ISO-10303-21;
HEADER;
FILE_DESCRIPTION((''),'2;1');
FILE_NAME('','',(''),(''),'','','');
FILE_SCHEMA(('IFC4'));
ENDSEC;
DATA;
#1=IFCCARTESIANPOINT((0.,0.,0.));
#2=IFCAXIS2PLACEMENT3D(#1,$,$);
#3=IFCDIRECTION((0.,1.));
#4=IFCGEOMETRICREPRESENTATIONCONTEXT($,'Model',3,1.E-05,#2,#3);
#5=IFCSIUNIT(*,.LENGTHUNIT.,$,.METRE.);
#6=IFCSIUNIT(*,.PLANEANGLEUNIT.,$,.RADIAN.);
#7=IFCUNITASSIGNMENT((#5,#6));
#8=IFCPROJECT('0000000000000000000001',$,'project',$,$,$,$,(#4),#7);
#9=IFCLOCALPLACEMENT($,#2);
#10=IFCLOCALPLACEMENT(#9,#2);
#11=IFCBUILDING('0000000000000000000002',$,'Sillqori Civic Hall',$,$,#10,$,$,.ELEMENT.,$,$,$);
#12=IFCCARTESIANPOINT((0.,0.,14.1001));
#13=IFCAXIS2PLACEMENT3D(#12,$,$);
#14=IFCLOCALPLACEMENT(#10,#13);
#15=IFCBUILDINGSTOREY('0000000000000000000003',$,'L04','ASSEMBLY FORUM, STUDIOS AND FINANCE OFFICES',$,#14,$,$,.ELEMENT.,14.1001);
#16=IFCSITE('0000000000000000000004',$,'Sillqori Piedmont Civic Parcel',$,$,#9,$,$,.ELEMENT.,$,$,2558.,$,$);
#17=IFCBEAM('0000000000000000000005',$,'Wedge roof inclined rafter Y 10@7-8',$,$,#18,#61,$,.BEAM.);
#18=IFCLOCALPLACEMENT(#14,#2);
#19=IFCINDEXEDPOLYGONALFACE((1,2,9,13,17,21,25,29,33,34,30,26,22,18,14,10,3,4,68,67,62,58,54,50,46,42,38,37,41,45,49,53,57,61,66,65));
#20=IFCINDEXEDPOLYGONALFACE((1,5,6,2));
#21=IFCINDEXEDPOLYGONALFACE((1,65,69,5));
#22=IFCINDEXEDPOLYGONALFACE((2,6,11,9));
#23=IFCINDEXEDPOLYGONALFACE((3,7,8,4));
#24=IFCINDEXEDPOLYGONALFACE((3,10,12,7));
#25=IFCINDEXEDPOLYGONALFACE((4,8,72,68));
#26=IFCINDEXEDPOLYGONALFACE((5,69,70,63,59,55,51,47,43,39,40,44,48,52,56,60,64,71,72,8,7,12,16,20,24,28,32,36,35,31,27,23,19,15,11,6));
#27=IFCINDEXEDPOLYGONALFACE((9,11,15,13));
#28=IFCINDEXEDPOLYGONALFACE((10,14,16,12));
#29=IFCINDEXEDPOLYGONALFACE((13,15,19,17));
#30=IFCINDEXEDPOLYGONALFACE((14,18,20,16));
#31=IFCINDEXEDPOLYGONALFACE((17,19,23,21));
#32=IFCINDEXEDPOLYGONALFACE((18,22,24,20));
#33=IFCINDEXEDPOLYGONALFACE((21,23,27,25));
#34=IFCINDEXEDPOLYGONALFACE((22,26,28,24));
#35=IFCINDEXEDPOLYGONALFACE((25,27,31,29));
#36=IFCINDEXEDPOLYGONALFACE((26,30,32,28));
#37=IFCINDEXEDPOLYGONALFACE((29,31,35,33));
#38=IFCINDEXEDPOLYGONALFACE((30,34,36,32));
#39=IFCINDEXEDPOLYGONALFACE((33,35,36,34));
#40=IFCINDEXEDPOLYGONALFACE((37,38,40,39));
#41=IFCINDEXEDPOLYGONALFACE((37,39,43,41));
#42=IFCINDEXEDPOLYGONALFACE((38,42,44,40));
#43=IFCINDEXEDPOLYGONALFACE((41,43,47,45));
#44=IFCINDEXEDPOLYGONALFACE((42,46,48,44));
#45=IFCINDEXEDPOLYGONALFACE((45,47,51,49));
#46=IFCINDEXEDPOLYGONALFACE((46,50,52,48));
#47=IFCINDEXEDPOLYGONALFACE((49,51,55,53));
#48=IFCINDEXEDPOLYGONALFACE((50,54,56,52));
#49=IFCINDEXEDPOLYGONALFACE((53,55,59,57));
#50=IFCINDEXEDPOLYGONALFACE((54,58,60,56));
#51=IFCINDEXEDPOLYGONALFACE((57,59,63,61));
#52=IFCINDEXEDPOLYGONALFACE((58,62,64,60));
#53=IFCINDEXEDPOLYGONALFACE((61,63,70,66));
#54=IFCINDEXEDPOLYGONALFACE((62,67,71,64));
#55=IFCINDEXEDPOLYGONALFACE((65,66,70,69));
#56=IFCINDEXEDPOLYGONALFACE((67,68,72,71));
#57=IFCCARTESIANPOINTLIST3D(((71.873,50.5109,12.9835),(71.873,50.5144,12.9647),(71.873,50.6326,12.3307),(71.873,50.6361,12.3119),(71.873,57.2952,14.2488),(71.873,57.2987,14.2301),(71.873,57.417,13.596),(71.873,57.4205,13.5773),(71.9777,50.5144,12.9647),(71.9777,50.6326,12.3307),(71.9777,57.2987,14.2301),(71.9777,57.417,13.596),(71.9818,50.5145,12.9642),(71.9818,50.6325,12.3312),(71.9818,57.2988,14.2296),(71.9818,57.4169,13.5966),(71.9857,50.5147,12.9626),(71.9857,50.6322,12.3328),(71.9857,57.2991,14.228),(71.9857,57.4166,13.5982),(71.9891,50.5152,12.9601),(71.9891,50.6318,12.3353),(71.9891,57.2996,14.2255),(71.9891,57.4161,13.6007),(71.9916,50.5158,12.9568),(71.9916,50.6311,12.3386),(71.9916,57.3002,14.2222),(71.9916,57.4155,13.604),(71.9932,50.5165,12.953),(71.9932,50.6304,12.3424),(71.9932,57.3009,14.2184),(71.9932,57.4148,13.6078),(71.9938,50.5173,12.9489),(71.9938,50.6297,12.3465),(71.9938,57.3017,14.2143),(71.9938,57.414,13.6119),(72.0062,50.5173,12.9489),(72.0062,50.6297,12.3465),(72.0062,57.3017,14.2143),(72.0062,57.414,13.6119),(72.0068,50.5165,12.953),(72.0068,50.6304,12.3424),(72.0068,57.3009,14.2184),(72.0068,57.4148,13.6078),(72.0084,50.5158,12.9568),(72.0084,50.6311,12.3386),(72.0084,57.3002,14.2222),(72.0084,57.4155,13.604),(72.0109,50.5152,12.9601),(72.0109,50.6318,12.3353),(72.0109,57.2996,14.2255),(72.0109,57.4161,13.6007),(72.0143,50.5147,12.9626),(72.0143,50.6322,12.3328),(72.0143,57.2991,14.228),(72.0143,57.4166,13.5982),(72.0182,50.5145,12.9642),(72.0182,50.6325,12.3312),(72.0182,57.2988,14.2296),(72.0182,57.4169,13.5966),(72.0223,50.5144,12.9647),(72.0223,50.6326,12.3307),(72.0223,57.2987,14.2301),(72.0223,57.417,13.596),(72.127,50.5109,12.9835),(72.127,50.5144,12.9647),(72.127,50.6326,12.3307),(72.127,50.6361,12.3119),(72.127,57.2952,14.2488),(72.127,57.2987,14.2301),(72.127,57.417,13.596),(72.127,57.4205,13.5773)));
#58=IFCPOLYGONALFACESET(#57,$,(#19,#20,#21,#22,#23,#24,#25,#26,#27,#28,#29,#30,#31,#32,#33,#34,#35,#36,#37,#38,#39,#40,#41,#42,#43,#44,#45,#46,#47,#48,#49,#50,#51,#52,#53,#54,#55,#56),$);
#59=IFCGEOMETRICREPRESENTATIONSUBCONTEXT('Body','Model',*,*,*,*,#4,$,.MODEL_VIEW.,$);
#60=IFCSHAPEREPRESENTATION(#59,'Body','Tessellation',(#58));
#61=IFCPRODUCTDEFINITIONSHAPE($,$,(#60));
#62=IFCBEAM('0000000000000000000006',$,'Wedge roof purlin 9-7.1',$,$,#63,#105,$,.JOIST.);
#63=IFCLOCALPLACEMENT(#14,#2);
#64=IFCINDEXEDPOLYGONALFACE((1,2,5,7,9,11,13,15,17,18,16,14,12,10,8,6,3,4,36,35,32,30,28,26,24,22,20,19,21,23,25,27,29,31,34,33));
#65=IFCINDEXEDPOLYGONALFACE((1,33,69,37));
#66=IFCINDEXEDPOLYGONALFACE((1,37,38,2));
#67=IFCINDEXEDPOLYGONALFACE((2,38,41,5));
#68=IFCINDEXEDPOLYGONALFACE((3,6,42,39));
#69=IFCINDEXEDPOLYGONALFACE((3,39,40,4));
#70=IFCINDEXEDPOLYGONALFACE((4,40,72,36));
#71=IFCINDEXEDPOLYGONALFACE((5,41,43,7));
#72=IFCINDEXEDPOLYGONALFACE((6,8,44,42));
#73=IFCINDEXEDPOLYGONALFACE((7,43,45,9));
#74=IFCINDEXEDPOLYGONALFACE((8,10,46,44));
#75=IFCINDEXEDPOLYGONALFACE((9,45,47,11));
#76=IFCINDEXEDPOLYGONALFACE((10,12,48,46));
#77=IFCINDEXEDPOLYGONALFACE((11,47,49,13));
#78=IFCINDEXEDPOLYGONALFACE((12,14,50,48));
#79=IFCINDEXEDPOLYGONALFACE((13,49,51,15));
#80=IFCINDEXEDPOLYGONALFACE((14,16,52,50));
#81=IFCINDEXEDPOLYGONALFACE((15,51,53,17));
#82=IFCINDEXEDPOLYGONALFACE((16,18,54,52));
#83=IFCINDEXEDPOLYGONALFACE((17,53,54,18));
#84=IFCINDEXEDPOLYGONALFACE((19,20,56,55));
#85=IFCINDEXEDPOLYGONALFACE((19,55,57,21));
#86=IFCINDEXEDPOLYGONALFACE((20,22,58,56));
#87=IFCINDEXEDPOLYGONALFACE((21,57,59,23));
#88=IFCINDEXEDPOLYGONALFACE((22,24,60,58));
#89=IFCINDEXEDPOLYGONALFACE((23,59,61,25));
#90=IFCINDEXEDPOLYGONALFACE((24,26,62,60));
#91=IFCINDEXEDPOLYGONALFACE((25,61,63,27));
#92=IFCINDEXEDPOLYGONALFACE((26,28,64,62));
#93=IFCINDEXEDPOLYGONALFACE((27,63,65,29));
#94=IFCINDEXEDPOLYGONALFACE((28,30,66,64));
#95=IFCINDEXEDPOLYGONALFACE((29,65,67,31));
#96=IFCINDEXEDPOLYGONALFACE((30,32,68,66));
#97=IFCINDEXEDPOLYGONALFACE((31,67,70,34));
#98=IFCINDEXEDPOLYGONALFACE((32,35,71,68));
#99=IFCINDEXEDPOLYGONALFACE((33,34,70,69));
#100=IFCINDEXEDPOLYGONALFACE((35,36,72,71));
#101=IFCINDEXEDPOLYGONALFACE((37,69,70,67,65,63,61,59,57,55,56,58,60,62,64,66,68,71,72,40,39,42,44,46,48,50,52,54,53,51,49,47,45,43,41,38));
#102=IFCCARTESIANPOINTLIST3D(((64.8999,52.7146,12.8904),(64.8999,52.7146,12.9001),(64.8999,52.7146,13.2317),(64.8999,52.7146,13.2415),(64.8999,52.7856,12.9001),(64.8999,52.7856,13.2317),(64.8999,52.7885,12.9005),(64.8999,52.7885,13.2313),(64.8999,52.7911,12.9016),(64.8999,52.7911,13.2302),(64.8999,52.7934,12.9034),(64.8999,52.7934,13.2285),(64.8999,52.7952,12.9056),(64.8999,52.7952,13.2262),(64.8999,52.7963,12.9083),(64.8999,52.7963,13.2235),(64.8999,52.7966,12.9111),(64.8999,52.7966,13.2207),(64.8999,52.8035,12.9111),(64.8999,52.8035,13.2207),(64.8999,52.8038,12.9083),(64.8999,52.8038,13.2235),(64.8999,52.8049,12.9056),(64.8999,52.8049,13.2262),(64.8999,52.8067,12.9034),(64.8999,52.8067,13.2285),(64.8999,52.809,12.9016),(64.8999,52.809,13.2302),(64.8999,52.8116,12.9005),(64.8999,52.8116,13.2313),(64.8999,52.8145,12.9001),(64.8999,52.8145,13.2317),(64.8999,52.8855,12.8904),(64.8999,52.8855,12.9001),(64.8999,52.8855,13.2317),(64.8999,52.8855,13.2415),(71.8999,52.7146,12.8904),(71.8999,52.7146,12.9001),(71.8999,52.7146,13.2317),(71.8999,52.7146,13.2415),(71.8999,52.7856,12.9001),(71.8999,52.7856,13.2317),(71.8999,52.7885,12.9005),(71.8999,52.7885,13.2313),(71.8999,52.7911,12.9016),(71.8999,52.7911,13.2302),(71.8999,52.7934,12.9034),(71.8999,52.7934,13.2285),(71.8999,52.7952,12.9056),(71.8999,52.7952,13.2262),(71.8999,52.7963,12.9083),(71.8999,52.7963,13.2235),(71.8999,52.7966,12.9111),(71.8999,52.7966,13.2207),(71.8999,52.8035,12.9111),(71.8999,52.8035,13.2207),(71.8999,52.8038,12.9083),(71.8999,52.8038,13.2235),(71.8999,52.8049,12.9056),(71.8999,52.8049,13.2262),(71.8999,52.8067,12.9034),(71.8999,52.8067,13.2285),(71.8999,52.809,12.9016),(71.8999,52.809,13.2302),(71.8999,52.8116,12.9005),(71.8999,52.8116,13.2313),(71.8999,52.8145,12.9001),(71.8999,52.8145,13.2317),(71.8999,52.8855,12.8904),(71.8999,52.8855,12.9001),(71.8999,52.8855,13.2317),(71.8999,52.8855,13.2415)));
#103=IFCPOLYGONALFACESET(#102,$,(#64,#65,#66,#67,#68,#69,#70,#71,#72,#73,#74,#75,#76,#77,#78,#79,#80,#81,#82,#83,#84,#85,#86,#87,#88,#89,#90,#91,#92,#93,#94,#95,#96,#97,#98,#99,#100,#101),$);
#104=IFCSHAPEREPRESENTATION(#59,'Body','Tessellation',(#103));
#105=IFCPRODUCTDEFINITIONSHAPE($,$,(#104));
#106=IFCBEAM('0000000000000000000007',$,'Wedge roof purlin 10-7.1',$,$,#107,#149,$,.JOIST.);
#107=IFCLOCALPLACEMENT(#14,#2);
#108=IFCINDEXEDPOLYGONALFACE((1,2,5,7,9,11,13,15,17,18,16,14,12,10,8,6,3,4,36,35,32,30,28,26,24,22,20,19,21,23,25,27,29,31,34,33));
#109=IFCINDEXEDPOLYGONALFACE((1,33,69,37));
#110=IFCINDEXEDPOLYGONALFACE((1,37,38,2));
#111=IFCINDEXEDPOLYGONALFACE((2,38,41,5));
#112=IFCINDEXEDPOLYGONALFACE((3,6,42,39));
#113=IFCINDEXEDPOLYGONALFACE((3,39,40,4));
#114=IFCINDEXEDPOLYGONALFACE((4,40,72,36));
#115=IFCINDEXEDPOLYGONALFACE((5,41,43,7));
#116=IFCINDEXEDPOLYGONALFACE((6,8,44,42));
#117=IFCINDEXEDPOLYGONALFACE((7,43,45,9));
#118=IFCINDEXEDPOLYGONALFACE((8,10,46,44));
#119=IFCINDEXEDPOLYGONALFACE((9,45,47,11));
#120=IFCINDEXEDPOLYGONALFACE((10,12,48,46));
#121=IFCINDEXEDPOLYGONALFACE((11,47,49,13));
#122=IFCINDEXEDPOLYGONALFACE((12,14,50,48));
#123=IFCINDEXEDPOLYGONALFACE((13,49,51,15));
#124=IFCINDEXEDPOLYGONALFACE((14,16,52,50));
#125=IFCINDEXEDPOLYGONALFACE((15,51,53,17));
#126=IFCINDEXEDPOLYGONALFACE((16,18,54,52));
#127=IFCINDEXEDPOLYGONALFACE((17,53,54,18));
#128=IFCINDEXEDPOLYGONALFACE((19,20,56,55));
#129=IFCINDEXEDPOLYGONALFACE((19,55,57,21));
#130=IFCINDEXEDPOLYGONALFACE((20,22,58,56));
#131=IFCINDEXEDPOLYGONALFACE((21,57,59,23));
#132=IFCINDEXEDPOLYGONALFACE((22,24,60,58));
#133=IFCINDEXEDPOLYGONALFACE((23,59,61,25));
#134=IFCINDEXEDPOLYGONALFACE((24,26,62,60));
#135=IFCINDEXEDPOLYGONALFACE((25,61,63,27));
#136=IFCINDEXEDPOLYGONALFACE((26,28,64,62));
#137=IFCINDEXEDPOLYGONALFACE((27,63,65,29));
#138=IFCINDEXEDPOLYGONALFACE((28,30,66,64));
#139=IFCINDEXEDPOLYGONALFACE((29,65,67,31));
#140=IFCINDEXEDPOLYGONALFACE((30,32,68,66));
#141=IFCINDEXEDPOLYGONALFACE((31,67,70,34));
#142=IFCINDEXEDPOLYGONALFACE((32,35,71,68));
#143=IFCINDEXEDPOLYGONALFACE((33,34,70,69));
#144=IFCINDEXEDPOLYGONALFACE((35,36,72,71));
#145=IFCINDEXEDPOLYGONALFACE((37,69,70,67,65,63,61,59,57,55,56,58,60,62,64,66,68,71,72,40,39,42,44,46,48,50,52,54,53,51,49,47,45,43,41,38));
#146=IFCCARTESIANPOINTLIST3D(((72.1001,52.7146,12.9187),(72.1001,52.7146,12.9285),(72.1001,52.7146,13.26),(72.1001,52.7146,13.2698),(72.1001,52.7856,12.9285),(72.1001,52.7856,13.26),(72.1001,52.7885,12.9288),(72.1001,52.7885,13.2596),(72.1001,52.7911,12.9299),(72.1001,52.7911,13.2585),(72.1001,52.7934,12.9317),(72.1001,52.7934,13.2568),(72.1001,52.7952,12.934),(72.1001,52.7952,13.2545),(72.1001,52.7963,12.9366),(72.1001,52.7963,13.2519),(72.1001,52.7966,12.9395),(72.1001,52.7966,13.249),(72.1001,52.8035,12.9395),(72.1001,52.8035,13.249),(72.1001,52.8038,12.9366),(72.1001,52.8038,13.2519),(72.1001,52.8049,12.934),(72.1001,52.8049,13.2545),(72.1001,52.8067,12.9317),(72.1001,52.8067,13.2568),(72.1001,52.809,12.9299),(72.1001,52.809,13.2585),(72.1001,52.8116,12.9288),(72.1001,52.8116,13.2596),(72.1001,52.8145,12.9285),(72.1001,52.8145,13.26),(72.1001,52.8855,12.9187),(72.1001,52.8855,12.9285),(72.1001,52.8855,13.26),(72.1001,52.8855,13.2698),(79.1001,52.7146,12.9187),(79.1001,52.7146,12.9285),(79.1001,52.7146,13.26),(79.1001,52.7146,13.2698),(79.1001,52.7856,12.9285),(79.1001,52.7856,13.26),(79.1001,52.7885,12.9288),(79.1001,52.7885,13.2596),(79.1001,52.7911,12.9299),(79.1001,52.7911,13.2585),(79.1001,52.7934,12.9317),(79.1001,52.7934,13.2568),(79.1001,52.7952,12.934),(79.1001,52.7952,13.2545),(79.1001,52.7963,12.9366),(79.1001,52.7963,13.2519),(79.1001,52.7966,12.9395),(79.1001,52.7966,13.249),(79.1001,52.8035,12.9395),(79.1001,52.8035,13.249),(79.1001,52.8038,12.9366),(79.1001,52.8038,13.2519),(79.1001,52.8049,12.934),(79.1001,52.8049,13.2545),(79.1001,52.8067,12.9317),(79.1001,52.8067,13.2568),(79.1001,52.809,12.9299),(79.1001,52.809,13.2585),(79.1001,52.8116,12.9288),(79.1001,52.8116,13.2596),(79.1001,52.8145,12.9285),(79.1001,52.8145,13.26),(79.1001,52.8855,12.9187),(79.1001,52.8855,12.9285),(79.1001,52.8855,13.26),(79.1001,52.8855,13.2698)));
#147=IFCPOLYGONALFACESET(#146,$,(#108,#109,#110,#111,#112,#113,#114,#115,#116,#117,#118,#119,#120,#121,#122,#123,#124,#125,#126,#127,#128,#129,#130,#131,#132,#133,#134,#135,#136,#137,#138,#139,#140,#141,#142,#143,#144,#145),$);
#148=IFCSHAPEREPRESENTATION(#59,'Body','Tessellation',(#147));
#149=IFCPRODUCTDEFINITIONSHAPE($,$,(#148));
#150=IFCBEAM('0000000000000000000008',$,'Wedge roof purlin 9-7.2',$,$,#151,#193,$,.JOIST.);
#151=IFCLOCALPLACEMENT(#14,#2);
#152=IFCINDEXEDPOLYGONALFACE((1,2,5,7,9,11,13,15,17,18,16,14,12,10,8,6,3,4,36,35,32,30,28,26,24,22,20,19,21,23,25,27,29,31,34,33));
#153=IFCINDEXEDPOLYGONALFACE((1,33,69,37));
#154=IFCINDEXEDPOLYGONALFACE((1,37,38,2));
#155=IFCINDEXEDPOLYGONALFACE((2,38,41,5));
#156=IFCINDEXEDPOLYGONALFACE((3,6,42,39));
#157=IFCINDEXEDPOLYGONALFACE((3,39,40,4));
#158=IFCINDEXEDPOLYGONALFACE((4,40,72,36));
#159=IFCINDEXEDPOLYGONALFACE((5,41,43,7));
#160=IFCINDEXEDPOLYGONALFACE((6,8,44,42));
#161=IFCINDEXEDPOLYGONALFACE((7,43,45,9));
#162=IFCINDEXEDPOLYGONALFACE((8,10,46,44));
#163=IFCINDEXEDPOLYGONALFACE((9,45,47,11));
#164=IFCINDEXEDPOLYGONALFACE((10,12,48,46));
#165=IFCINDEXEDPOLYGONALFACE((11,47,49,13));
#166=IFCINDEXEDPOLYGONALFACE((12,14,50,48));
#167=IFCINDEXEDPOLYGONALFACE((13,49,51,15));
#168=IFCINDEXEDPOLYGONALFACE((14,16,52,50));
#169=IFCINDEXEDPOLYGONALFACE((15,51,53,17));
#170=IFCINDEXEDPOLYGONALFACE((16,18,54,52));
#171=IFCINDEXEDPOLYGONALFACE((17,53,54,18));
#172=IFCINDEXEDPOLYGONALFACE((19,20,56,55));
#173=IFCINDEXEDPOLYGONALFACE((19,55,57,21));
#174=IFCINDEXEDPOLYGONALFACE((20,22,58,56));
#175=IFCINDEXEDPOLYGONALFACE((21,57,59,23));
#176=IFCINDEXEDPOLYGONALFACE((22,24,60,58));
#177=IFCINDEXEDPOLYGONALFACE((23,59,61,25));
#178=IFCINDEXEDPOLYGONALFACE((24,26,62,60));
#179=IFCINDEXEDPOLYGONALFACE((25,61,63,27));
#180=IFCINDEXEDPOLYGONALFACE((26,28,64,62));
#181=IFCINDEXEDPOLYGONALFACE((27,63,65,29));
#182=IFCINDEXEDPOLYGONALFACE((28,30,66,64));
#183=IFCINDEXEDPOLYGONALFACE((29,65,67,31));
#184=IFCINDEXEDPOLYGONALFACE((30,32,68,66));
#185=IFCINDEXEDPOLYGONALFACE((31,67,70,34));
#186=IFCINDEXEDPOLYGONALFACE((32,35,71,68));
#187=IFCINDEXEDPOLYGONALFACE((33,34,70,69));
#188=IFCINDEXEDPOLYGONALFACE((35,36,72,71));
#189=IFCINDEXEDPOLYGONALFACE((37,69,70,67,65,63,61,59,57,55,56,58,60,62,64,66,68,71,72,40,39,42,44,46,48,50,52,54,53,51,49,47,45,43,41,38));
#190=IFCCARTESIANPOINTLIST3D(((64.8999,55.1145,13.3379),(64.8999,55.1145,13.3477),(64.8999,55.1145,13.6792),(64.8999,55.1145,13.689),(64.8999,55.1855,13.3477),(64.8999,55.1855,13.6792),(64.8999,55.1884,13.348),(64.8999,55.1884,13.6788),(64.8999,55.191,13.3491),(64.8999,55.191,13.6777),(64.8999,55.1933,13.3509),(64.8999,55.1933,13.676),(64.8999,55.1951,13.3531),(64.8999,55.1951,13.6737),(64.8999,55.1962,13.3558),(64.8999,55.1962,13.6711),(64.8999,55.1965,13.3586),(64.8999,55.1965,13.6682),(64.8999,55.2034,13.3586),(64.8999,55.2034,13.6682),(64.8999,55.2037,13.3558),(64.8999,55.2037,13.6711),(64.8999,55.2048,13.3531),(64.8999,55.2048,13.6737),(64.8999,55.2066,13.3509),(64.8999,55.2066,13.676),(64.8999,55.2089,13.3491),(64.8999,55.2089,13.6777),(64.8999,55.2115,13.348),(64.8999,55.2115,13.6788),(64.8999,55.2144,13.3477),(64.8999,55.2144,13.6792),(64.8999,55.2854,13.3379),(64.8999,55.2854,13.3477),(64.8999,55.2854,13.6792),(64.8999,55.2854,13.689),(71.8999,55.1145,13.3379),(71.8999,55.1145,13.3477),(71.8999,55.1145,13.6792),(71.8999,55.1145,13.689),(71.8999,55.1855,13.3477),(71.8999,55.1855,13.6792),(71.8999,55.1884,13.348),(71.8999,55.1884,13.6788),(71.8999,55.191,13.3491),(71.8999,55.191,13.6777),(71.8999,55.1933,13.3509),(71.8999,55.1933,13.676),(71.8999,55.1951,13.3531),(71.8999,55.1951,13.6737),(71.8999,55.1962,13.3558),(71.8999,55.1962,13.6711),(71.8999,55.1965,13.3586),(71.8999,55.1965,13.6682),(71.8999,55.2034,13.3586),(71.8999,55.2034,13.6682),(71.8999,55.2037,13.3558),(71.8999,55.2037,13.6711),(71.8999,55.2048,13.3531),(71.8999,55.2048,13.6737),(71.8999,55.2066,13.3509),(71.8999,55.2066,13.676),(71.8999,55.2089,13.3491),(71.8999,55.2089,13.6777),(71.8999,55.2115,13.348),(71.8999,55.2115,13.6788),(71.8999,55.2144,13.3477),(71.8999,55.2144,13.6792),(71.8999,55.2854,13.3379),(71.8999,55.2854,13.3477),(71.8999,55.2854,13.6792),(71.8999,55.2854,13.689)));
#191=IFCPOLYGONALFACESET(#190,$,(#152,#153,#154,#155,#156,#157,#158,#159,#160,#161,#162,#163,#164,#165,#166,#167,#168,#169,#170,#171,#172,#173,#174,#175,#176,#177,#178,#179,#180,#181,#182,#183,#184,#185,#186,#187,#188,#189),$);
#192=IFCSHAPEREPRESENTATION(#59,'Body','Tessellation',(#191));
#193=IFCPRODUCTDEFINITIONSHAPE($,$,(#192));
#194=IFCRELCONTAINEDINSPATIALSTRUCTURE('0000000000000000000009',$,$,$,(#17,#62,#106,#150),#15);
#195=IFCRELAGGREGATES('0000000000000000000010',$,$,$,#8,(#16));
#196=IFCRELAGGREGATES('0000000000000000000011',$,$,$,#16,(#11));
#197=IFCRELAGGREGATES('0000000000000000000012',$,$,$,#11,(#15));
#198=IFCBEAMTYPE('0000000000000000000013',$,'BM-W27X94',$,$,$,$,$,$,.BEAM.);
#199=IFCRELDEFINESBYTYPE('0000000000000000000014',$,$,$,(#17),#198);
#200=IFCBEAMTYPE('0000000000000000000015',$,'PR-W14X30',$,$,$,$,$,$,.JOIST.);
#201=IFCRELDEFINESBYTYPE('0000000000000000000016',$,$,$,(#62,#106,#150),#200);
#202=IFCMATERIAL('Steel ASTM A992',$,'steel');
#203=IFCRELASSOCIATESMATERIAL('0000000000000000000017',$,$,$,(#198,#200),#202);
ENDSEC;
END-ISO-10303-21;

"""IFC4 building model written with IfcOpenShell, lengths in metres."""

from ifc_helpers import new_model, si_unit, direction, frame, origin, origin_2d, place, context, subcontext, project, spatial, i_section, extrude, material, material_profile, profile_set, type_object, element, save


model = new_model("IFC4")

# Units and contexts
model_context = context("Model", 3, precision=1e-05, world=origin(), true_north=direction((0.0, 1.0)))
body_context = subcontext(model_context, "Body", "Model", "MODEL_VIEW")
ifc_project = project(units=[si_unit("LENGTHUNIT", "METRE"), si_unit("PLANEANGLEUNIT", "RADIAN")], contexts=[model_context])

# Site, building, storey
site_placement = place(None, origin())
site = spatial("IfcSite", under=ifc_project, at=site_placement, Name="Sillqori Piedmont Civic Parcel", CompositionType="ELEMENT", RefElevation=2558.0)
building_placement = place(site_placement, origin())
building = spatial("IfcBuilding", under=site, at=building_placement, Name="Sillqori Civic Hall", CompositionType="ELEMENT")
storey_placement = place(building_placement, frame((0.0, 0.0, 14.1001)))
storey = spatial("IfcBuildingStorey", under=building, at=storey_placement, Name="L04", Description="ASSEMBLY FORUM, STUDIOS AND FINANCE OFFICES", CompositionType="ELEMENT", Elevation=14.1001)

# Shared definitions
ifc_material_1 = material(Name="Steel ASTM A992", Category="steel")

# Beams
ifc_material_profile_1 = material_profile(ifc_material_1, i_section(OverallWidth=0.2539, OverallDepth=0.6831, WebThickness=0.0125, FlangeThickness=0.019, FilletRadius=0.0161, at=origin_2d()), Name="W27X94")
ifc_profile_set_1 = profile_set([ifc_material_profile_1], Name="Steel ASTM A992")
beam_type_1 = type_object("IfcBeamType", Name="BM-W27X94", PredefinedType="BEAM", material=ifc_profile_set_1)
beam_1_placement = place(storey_placement, frame((72.0, 50.5735, 12.6477), z_axis=(0.0, 0.983048, 0.183351), x_axis=(-1.0, 0.0, 0.0)))
element("IfcBeam", 1, at=beam_1_placement, inside=storey, type_object=beam_type_1, Name="Wedge roof inclined rafter Y 10@7-8", PredefinedType="BEAM", context=body_context, shape_type="SweptSolid", body=[
    extrude(i_section(OverallWidth=0.2539, OverallDepth=0.6831, WebThickness=0.0125, FlangeThickness=0.019, FilletRadius=0.0161, at=origin_2d()), origin(), (0.0, 0.0, 1.0), 6.9014),
])
ifc_material_profile_2 = material_profile(ifc_material_1, i_section(OverallWidth=0.1709, OverallDepth=0.3511, WebThickness=0.0068, FlangeThickness=0.0098, FilletRadius=0.011, at=origin_2d()), Name="W14X30")
ifc_profile_set_2 = profile_set([ifc_material_profile_2], Name="Steel ASTM A992")
beam_type_2 = type_object("IfcBeamType", Name="PR-W14X30", PredefinedType="JOIST", material=ifc_profile_set_2)
for number, where, z_axis, x_axis, name in (
    (2, (64.8999, 52.8, 13.0659), (1.0, 0.0, 0.0), (0.0, 1.0, 0.0), "Wedge roof purlin 9-7.1"),
    (3, (72.1001, 52.8, 13.0942), (1.0, 0.0, 0.0), (0.0, 1.0, 0.0), "Wedge roof purlin 10-7.1"),
    (4, (64.8999, 55.2, 13.5134), (1.0, 0.0, 0.0), (0.0, 1.0, 0.0), "Wedge roof purlin 9-7.2"),
):
    element("IfcBeam", number, at=place(storey_placement, frame(where, z_axis=z_axis, x_axis=x_axis)), inside=storey, type_object=beam_type_2, Name=name, PredefinedType="JOIST", context=body_context, shape_type="SweptSolid", body=[
        extrude(i_section(OverallWidth=0.1709, OverallDepth=0.3511, WebThickness=0.0068, FlangeThickness=0.0098, FilletRadius=0.011, at=origin_2d()), origin(), (0.0, 0.0, 1.0), 7.0),
    ])

save(model, "model.ifc")
